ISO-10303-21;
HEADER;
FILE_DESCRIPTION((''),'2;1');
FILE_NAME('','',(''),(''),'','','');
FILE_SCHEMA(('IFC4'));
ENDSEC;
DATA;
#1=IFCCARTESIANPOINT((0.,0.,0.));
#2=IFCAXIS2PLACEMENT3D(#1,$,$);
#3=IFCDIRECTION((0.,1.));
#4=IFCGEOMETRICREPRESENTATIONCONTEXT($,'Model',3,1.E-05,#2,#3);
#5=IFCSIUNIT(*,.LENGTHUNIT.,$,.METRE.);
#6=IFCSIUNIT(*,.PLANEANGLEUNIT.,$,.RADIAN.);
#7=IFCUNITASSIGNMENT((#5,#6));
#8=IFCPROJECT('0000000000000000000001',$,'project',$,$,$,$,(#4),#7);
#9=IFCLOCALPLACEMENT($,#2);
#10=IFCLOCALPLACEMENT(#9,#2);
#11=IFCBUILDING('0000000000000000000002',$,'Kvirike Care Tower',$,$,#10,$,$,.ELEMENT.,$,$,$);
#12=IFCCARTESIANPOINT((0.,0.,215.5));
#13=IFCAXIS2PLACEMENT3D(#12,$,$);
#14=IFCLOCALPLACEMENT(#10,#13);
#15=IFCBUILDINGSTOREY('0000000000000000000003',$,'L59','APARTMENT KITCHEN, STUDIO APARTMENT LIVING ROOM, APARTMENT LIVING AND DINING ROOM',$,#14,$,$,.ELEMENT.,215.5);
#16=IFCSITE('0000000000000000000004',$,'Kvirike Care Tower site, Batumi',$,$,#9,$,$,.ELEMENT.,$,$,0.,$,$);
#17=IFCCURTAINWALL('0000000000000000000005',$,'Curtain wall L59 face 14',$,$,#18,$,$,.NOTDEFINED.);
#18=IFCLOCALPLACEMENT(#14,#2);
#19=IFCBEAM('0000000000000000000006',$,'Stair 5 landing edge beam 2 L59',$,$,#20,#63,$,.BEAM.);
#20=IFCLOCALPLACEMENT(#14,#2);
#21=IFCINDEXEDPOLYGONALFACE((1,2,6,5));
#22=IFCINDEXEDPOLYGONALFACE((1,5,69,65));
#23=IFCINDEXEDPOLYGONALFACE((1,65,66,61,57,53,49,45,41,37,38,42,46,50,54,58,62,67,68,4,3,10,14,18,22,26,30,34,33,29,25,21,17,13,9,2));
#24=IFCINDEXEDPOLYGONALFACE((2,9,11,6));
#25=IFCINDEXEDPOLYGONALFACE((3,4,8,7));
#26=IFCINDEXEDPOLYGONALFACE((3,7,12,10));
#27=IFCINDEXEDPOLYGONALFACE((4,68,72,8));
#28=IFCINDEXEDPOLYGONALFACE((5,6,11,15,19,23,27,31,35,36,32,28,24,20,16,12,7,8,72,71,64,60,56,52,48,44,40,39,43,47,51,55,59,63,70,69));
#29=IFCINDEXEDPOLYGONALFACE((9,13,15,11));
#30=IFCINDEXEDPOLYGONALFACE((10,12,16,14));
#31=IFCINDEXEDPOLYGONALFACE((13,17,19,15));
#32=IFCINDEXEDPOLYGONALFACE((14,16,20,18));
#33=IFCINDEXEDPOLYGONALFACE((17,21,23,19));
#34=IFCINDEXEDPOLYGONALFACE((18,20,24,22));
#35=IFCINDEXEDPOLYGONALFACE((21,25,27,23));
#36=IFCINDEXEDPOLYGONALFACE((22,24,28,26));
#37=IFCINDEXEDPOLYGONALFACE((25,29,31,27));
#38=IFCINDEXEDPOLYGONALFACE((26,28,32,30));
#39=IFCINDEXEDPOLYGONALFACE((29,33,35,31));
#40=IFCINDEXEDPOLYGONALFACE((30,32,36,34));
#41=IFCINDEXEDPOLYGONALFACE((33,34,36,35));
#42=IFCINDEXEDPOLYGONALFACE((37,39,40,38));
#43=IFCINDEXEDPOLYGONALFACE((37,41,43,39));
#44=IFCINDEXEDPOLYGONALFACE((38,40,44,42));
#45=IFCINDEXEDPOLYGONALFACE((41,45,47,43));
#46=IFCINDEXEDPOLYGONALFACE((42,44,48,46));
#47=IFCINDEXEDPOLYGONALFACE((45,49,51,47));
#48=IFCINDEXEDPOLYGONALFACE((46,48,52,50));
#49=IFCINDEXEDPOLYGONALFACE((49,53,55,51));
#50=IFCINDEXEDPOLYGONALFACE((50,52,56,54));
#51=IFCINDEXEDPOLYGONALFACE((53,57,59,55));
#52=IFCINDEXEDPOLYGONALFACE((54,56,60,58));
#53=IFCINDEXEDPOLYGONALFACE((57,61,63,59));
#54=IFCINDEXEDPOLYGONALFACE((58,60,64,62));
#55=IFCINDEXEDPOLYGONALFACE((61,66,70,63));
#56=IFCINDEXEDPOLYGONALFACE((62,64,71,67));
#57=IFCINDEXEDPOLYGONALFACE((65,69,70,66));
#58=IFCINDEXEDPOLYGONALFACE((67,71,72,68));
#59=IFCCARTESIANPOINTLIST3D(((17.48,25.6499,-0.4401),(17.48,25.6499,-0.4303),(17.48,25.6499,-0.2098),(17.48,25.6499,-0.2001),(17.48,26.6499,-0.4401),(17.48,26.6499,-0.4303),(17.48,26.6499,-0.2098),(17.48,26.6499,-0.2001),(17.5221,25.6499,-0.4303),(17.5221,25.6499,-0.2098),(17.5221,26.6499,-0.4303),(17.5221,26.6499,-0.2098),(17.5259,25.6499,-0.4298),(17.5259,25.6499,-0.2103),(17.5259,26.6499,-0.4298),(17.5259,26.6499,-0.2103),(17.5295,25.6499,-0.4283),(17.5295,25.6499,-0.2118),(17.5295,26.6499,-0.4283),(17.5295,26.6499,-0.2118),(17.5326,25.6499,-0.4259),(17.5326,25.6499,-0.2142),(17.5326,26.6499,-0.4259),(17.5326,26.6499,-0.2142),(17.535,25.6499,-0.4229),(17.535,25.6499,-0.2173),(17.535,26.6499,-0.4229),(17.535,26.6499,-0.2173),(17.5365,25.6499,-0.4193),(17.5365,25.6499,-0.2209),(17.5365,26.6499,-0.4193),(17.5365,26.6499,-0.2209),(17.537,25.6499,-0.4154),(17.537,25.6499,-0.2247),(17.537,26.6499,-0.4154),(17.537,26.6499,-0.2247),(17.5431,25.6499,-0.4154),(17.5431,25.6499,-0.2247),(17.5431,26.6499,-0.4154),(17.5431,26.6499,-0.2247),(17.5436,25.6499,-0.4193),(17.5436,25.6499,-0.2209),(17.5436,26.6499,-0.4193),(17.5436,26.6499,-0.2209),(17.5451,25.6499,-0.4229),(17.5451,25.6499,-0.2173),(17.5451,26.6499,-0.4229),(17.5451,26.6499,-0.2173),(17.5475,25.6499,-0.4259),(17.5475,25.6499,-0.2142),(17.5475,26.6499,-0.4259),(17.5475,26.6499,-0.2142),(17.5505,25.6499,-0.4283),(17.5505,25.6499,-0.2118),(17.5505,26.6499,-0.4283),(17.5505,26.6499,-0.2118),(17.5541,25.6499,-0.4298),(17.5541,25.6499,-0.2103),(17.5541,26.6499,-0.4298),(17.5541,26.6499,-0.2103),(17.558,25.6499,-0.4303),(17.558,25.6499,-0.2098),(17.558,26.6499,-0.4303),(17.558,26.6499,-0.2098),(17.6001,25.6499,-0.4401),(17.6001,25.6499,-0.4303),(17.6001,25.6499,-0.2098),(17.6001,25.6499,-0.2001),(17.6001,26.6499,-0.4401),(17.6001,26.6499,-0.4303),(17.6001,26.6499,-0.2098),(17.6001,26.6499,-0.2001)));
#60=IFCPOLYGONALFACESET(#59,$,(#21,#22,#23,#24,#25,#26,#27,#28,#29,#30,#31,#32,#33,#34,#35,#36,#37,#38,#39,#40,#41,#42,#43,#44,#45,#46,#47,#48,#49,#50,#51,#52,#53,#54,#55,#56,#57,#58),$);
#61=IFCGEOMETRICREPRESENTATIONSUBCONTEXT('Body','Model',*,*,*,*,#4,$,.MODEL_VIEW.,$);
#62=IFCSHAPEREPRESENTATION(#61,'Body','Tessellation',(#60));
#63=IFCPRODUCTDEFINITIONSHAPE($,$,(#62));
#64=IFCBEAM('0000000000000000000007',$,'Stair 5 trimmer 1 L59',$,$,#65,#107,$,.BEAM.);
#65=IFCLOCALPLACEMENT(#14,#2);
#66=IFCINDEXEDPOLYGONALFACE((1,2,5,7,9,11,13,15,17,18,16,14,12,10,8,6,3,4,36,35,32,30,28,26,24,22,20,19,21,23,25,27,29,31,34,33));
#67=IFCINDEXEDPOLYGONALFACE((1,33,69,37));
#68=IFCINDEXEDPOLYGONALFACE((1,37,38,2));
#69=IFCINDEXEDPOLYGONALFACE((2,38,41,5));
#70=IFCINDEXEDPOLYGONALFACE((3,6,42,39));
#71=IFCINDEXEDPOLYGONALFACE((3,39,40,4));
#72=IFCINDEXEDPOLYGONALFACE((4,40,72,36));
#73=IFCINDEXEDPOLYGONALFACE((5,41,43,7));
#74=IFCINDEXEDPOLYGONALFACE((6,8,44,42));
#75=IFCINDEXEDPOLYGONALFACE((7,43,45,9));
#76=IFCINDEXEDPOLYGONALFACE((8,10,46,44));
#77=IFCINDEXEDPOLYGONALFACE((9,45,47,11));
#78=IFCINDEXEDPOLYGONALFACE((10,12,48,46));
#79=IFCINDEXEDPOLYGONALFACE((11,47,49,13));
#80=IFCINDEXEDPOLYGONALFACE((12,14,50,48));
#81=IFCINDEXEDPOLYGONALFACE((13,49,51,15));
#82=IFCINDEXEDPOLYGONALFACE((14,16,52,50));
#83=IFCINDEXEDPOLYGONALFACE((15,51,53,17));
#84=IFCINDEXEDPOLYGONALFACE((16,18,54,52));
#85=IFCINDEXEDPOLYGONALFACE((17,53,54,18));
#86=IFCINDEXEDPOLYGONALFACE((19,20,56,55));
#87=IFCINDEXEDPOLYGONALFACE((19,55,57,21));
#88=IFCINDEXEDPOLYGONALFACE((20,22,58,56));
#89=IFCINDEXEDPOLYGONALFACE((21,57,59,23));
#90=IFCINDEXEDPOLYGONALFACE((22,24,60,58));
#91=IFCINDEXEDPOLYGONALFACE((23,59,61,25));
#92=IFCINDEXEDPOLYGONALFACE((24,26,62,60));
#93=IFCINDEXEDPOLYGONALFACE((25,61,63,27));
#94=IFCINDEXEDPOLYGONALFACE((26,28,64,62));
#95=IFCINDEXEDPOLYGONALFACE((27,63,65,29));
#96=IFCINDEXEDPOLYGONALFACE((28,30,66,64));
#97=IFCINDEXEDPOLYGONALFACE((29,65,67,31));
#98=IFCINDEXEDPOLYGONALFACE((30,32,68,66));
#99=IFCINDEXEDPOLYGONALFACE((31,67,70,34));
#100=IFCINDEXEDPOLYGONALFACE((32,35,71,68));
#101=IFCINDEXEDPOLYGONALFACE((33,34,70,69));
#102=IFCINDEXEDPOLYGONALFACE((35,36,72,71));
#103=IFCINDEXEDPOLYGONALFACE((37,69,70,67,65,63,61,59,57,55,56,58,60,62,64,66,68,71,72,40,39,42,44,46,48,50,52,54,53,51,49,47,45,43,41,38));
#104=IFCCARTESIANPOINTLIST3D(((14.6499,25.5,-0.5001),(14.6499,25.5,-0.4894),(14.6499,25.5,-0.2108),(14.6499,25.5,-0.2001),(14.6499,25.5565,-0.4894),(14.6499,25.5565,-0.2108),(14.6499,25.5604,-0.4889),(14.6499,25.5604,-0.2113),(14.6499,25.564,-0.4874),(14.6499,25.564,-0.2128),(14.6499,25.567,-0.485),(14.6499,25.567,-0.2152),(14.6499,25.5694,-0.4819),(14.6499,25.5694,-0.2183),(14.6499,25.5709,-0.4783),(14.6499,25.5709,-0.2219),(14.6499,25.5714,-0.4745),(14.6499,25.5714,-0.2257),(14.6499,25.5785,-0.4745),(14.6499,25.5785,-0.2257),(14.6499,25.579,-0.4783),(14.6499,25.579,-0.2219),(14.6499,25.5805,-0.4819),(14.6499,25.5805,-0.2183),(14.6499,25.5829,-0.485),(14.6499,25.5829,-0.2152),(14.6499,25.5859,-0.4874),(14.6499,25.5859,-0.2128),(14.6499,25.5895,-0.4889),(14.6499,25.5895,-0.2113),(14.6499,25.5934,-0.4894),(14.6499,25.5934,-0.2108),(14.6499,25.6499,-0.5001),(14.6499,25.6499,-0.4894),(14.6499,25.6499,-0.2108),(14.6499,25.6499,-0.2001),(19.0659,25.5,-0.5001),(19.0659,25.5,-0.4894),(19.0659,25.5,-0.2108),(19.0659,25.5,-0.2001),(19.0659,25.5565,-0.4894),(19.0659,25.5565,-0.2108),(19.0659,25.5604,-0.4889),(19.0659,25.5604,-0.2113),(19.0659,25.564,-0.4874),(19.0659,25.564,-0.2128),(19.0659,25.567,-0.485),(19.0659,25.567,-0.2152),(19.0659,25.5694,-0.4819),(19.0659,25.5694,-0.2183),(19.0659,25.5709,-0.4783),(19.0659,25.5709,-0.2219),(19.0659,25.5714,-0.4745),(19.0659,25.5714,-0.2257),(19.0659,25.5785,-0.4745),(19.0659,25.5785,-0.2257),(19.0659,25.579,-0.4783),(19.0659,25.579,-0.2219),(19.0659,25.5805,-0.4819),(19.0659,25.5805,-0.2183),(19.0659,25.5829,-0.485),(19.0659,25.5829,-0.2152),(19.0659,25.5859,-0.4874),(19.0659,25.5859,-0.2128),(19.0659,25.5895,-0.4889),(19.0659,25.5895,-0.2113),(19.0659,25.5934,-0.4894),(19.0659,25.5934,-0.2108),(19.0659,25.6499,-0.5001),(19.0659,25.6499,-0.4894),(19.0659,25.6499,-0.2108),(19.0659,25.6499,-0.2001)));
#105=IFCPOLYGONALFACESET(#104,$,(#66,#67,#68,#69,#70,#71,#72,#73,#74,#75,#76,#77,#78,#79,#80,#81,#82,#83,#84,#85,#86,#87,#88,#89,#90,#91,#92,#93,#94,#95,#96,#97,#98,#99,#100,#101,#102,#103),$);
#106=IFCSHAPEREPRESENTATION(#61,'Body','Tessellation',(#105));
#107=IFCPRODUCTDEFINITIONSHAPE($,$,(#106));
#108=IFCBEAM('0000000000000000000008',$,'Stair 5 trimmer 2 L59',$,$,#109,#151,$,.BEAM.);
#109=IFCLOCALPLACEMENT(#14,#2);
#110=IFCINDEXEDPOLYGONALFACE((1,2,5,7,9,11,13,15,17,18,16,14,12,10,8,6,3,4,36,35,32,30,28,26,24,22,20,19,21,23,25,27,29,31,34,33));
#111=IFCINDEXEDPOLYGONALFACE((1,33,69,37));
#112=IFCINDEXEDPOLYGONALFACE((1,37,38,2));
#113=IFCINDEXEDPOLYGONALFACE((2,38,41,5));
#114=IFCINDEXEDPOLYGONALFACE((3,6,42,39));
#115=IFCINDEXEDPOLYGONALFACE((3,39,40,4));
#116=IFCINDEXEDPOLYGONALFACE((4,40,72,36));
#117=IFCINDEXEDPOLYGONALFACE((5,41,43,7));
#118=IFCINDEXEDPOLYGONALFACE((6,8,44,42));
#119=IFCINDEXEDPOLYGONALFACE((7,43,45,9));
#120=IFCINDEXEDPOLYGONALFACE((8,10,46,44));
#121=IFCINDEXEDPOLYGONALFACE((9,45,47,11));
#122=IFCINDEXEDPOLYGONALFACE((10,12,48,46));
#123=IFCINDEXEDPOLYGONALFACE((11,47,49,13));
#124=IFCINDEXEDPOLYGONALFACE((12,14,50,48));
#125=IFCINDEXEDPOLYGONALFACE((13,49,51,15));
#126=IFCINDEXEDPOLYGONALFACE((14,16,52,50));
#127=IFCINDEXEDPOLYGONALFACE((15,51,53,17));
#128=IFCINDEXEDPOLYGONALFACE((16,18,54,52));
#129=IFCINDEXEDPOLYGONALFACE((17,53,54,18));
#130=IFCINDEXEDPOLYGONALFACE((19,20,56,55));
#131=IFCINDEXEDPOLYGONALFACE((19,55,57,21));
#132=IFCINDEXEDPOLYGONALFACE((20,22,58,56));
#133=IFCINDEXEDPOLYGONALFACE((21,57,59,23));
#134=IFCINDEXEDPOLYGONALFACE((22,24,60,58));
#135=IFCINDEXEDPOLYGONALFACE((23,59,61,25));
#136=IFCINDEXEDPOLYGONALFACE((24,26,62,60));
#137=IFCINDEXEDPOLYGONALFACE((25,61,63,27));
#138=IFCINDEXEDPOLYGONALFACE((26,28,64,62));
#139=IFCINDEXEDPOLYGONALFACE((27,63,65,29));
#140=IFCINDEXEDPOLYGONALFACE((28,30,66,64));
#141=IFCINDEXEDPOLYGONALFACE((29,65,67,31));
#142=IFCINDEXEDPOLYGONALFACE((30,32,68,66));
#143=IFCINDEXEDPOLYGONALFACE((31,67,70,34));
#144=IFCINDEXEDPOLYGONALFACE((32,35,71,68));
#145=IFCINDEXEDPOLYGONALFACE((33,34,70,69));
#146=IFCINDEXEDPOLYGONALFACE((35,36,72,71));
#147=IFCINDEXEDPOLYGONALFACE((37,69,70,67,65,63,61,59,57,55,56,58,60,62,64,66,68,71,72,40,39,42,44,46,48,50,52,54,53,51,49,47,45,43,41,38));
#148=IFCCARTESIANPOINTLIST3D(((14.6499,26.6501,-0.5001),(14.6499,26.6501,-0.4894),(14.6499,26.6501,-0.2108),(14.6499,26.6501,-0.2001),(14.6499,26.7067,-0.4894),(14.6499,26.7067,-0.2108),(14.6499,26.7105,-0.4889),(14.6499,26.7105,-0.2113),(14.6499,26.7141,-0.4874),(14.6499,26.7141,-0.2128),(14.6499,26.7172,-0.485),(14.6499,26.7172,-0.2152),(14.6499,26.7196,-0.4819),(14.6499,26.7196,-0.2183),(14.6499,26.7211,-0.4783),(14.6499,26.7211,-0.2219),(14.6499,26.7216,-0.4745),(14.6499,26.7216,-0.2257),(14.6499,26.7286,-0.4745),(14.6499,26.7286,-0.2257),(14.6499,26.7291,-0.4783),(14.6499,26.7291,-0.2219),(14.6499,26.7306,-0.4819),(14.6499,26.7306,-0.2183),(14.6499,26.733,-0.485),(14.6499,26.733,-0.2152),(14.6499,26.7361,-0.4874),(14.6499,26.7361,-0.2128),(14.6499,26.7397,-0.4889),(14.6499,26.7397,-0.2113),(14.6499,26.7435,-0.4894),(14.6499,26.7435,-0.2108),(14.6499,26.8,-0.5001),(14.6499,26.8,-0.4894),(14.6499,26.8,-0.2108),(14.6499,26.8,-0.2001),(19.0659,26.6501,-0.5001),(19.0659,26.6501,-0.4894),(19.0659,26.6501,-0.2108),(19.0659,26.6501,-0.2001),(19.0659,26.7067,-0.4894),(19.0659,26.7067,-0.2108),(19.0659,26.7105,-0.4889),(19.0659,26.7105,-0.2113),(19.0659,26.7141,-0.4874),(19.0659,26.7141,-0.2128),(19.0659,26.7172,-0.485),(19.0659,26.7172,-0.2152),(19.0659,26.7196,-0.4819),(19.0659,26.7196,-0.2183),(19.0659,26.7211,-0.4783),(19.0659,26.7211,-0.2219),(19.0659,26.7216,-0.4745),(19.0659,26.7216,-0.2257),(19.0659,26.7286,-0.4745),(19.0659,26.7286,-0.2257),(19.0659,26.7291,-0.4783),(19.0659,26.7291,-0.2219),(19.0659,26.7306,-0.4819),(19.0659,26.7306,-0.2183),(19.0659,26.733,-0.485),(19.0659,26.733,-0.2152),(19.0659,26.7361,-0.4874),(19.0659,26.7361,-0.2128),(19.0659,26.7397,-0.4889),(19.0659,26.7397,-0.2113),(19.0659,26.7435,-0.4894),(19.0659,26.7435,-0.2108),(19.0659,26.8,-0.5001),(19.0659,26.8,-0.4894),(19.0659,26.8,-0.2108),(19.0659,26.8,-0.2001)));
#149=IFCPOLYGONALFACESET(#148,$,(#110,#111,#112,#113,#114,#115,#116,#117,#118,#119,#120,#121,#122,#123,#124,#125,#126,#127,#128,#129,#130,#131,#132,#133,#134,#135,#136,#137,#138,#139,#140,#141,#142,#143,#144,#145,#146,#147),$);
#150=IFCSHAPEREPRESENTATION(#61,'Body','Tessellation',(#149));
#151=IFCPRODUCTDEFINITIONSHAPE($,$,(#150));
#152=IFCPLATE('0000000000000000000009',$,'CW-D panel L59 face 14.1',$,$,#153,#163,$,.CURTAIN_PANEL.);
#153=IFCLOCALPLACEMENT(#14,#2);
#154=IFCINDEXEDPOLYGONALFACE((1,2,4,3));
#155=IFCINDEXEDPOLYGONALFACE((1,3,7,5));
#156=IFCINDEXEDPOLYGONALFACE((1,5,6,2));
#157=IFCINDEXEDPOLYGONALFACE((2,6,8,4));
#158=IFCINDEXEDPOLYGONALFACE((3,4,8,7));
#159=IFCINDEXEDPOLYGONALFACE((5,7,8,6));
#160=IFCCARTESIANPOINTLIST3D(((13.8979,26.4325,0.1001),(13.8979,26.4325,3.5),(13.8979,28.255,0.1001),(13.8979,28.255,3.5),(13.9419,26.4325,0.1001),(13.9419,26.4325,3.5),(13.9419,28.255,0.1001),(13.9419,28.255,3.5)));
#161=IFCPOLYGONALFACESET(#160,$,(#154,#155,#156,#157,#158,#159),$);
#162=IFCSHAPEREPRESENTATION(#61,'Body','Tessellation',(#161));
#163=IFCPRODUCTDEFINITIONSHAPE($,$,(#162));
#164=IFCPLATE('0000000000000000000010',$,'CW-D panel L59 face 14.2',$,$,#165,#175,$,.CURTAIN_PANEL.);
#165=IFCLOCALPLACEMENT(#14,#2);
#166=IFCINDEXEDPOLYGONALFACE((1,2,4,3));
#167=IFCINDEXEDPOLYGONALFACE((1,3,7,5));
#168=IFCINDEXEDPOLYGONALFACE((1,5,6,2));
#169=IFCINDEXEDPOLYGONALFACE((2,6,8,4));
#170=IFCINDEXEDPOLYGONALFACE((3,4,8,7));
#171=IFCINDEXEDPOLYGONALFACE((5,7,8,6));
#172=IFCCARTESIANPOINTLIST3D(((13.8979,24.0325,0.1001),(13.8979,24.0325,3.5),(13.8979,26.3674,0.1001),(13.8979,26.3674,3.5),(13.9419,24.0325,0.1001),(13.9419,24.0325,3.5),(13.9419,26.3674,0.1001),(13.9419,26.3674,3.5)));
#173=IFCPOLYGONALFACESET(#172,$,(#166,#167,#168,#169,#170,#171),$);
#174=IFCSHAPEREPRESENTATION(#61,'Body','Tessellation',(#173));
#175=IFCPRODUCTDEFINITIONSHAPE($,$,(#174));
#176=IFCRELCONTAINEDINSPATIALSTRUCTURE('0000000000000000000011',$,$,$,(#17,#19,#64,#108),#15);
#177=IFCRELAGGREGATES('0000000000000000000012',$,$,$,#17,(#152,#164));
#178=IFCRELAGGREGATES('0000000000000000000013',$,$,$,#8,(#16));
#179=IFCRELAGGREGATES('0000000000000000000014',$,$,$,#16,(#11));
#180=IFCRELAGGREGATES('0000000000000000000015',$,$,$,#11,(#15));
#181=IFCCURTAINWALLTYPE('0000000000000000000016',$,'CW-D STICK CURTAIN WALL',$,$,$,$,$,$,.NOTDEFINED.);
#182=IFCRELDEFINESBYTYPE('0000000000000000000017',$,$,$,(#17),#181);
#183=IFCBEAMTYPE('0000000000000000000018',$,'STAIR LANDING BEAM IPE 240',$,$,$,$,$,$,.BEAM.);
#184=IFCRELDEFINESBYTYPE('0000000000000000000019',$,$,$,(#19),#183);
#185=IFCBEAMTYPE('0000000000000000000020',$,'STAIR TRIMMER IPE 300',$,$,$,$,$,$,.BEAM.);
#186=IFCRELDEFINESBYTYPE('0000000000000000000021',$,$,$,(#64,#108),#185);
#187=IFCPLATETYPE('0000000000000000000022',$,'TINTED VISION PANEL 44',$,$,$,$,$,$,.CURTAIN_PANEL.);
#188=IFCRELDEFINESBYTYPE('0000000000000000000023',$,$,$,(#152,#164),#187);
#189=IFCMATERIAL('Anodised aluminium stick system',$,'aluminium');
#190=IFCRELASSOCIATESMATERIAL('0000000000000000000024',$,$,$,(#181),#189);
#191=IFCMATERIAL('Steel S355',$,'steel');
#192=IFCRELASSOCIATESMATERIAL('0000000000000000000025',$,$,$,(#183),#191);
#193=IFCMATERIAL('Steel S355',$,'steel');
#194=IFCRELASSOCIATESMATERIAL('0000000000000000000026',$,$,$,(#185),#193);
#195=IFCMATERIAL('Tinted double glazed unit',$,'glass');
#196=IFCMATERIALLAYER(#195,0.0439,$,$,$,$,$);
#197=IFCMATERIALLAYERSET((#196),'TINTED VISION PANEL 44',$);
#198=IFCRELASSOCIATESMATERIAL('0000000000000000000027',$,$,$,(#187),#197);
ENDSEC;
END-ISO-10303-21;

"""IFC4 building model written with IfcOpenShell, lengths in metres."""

from ifc_helpers import new_model, si_unit, direction, frame, origin, origin_2d, place, context, subcontext, project, spatial, rectangle, i_section, extrude, material, layer, layer_set, material_profile, profile_set, type_object, element, aggregate, save


model = new_model("IFC4")

# Units and contexts
model_context = context("Model", 3, precision=1e-05, world=origin(), true_north=direction((0.0, 1.0)))
body_context = subcontext(model_context, "Body", "Model", "MODEL_VIEW")
ifc_project = project(units=[si_unit("LENGTHUNIT", "METRE"), si_unit("PLANEANGLEUNIT", "RADIAN")], contexts=[model_context])

# Site, building, storey
site_placement = place(None, origin())
site = spatial("IfcSite", under=ifc_project, at=site_placement, Name="Kvirike Care Tower site, Batumi", CompositionType="ELEMENT", RefElevation=0.0)
building_placement = place(site_placement, origin())
building = spatial("IfcBuilding", under=site, at=building_placement, Name="Kvirike Care Tower", CompositionType="ELEMENT")
storey_placement = place(building_placement, frame((0.0, 0.0, 215.5)))
storey = spatial("IfcBuildingStorey", under=building, at=storey_placement, Name="L59", Description="APARTMENT KITCHEN, STUDIO APARTMENT LIVING ROOM, APARTMENT LIVING AND DINING ROOM", CompositionType="ELEMENT", Elevation=215.5)

# Curtain wall
ifc_material_1 = material(Name="Anodised aluminium stick system", Category="aluminium")
curtain_wall_type = type_object("IfcCurtainWallType", Name="CW-D STICK CURTAIN WALL", PredefinedType="NOTDEFINED", material=ifc_material_1)
curtain_wall_placement = place(storey_placement, origin())
curtain_wall = element("IfcCurtainWall", 1, at=curtain_wall_placement, inside=storey, type_object=curtain_wall_type, Name="Curtain wall L59 face 14", PredefinedType="NOTDEFINED")

# Beams
ifc_material_2 = material(Name="Steel S355", Category="steel")
ifc_material_profile_1 = material_profile(ifc_material_2, i_section(OverallWidth=0.1201, OverallDepth=0.24, WebThickness=0.0061, FlangeThickness=0.0098, FilletRadius=0.0149, at=origin_2d()), Name="IPE 240")
ifc_profile_set_1 = profile_set([ifc_material_profile_1], Name="Steel S355")
beam_type_1 = type_object("IfcBeamType", Name="STAIR LANDING BEAM IPE 240", PredefinedType="BEAM", material=ifc_profile_set_1)
for number, where, z_axis, x_axis, name in (
    (2, (17.54, 25.6499, -0.3201), (0.0, 1.0, 0.0), (-1.0, 0.0, 0.0), "Stair 5 landing edge beam 2 L59"),
):
    element("IfcBeam", number, at=place(storey_placement, frame(where, z_axis=z_axis, x_axis=x_axis)), inside=storey, type_object=beam_type_1, Name=name, PredefinedType="BEAM", context=body_context, shape_type="SweptSolid", body=[
        extrude(i_section(OverallWidth=0.1201, OverallDepth=0.24, WebThickness=0.0061, FlangeThickness=0.0098, FilletRadius=0.0149, at=origin_2d()), origin(), (0.0, 0.0, 1.0), 1.0),
    ])
ifc_material_3 = material(Name="Steel S355", Category="steel")
ifc_material_profile_2 = material_profile(ifc_material_3, i_section(OverallWidth=0.1499, OverallDepth=0.3, WebThickness=0.0071, FlangeThickness=0.0107, FilletRadius=0.0149, at=origin_2d()), Name="IPE 300")
ifc_profile_set_2 = profile_set([ifc_material_profile_2], Name="Steel S355")
beam_type_2 = type_object("IfcBeamType", Name="STAIR TRIMMER IPE 300", PredefinedType="BEAM", material=ifc_profile_set_2)
for number, where, z_axis, x_axis, name in (
    (3, (14.6499, 25.575, -0.3501), (1.0, 0.0, 0.0), (0.0, 1.0, 0.0), "Stair 5 trimmer 1 L59"),
    (4, (14.6499, 26.7251, -0.3501), (1.0, 0.0, 0.0), (0.0, 1.0, 0.0), "Stair 5 trimmer 2 L59"),
):
    element("IfcBeam", number, at=place(storey_placement, frame(where, z_axis=z_axis, x_axis=x_axis)), inside=storey, type_object=beam_type_2, Name=name, PredefinedType="BEAM", context=body_context, shape_type="SweptSolid", body=[
        extrude(i_section(OverallWidth=0.1499, OverallDepth=0.3, WebThickness=0.0071, FlangeThickness=0.0107, FilletRadius=0.0149, at=origin_2d()), origin(), (0.0, 0.0, 1.0), 4.416),
    ])

# Plates
ifc_material_4 = material(Name="Tinted double glazed unit", Category="glass")
ifc_layer_1 = layer(ifc_material_4, 0.0439)
ifc_layer_set_1 = layer_set([ifc_layer_1], Name="TINTED VISION PANEL 44")
plate_type = type_object("IfcPlateType", Name="TINTED VISION PANEL 44", PredefinedType="CURTAIN_PANEL", material=ifc_layer_set_1)
plate_1_placement = place(storey_placement, frame((13.9199, 27.3438, 0.1001), z_axis=(0.0, 0.0, 1.0), x_axis=(0.0, -1.0, 0.0)))
plate_1 = element("IfcPlate", 5, at=plate_1_placement, type_object=plate_type, Name="CW-D panel L59 face 14.1", PredefinedType="CURTAIN_PANEL", context=body_context, shape_type="SweptSolid", body=[
    extrude(rectangle(XDim=1.8225, YDim=0.0439, at=origin_2d()), origin(), (0.0, 0.0, 1.0), 3.3999),
])
plate_2_placement = place(storey_placement, frame((13.9199, 25.2, 0.1001), z_axis=(0.0, 0.0, 1.0), x_axis=(0.0, -1.0, 0.0)))
plate_2 = element("IfcPlate", 6, at=plate_2_placement, type_object=plate_type, Name="CW-D panel L59 face 14.2", PredefinedType="CURTAIN_PANEL", context=body_context, shape_type="SweptSolid", body=[
    extrude(rectangle(XDim=2.335, YDim=0.0439, at=origin_2d()), origin(), (0.0, 0.0, 1.0), 3.3999),
])
aggregate(curtain_wall, [plate_1, plate_2])

save(model, "model.ifc")
